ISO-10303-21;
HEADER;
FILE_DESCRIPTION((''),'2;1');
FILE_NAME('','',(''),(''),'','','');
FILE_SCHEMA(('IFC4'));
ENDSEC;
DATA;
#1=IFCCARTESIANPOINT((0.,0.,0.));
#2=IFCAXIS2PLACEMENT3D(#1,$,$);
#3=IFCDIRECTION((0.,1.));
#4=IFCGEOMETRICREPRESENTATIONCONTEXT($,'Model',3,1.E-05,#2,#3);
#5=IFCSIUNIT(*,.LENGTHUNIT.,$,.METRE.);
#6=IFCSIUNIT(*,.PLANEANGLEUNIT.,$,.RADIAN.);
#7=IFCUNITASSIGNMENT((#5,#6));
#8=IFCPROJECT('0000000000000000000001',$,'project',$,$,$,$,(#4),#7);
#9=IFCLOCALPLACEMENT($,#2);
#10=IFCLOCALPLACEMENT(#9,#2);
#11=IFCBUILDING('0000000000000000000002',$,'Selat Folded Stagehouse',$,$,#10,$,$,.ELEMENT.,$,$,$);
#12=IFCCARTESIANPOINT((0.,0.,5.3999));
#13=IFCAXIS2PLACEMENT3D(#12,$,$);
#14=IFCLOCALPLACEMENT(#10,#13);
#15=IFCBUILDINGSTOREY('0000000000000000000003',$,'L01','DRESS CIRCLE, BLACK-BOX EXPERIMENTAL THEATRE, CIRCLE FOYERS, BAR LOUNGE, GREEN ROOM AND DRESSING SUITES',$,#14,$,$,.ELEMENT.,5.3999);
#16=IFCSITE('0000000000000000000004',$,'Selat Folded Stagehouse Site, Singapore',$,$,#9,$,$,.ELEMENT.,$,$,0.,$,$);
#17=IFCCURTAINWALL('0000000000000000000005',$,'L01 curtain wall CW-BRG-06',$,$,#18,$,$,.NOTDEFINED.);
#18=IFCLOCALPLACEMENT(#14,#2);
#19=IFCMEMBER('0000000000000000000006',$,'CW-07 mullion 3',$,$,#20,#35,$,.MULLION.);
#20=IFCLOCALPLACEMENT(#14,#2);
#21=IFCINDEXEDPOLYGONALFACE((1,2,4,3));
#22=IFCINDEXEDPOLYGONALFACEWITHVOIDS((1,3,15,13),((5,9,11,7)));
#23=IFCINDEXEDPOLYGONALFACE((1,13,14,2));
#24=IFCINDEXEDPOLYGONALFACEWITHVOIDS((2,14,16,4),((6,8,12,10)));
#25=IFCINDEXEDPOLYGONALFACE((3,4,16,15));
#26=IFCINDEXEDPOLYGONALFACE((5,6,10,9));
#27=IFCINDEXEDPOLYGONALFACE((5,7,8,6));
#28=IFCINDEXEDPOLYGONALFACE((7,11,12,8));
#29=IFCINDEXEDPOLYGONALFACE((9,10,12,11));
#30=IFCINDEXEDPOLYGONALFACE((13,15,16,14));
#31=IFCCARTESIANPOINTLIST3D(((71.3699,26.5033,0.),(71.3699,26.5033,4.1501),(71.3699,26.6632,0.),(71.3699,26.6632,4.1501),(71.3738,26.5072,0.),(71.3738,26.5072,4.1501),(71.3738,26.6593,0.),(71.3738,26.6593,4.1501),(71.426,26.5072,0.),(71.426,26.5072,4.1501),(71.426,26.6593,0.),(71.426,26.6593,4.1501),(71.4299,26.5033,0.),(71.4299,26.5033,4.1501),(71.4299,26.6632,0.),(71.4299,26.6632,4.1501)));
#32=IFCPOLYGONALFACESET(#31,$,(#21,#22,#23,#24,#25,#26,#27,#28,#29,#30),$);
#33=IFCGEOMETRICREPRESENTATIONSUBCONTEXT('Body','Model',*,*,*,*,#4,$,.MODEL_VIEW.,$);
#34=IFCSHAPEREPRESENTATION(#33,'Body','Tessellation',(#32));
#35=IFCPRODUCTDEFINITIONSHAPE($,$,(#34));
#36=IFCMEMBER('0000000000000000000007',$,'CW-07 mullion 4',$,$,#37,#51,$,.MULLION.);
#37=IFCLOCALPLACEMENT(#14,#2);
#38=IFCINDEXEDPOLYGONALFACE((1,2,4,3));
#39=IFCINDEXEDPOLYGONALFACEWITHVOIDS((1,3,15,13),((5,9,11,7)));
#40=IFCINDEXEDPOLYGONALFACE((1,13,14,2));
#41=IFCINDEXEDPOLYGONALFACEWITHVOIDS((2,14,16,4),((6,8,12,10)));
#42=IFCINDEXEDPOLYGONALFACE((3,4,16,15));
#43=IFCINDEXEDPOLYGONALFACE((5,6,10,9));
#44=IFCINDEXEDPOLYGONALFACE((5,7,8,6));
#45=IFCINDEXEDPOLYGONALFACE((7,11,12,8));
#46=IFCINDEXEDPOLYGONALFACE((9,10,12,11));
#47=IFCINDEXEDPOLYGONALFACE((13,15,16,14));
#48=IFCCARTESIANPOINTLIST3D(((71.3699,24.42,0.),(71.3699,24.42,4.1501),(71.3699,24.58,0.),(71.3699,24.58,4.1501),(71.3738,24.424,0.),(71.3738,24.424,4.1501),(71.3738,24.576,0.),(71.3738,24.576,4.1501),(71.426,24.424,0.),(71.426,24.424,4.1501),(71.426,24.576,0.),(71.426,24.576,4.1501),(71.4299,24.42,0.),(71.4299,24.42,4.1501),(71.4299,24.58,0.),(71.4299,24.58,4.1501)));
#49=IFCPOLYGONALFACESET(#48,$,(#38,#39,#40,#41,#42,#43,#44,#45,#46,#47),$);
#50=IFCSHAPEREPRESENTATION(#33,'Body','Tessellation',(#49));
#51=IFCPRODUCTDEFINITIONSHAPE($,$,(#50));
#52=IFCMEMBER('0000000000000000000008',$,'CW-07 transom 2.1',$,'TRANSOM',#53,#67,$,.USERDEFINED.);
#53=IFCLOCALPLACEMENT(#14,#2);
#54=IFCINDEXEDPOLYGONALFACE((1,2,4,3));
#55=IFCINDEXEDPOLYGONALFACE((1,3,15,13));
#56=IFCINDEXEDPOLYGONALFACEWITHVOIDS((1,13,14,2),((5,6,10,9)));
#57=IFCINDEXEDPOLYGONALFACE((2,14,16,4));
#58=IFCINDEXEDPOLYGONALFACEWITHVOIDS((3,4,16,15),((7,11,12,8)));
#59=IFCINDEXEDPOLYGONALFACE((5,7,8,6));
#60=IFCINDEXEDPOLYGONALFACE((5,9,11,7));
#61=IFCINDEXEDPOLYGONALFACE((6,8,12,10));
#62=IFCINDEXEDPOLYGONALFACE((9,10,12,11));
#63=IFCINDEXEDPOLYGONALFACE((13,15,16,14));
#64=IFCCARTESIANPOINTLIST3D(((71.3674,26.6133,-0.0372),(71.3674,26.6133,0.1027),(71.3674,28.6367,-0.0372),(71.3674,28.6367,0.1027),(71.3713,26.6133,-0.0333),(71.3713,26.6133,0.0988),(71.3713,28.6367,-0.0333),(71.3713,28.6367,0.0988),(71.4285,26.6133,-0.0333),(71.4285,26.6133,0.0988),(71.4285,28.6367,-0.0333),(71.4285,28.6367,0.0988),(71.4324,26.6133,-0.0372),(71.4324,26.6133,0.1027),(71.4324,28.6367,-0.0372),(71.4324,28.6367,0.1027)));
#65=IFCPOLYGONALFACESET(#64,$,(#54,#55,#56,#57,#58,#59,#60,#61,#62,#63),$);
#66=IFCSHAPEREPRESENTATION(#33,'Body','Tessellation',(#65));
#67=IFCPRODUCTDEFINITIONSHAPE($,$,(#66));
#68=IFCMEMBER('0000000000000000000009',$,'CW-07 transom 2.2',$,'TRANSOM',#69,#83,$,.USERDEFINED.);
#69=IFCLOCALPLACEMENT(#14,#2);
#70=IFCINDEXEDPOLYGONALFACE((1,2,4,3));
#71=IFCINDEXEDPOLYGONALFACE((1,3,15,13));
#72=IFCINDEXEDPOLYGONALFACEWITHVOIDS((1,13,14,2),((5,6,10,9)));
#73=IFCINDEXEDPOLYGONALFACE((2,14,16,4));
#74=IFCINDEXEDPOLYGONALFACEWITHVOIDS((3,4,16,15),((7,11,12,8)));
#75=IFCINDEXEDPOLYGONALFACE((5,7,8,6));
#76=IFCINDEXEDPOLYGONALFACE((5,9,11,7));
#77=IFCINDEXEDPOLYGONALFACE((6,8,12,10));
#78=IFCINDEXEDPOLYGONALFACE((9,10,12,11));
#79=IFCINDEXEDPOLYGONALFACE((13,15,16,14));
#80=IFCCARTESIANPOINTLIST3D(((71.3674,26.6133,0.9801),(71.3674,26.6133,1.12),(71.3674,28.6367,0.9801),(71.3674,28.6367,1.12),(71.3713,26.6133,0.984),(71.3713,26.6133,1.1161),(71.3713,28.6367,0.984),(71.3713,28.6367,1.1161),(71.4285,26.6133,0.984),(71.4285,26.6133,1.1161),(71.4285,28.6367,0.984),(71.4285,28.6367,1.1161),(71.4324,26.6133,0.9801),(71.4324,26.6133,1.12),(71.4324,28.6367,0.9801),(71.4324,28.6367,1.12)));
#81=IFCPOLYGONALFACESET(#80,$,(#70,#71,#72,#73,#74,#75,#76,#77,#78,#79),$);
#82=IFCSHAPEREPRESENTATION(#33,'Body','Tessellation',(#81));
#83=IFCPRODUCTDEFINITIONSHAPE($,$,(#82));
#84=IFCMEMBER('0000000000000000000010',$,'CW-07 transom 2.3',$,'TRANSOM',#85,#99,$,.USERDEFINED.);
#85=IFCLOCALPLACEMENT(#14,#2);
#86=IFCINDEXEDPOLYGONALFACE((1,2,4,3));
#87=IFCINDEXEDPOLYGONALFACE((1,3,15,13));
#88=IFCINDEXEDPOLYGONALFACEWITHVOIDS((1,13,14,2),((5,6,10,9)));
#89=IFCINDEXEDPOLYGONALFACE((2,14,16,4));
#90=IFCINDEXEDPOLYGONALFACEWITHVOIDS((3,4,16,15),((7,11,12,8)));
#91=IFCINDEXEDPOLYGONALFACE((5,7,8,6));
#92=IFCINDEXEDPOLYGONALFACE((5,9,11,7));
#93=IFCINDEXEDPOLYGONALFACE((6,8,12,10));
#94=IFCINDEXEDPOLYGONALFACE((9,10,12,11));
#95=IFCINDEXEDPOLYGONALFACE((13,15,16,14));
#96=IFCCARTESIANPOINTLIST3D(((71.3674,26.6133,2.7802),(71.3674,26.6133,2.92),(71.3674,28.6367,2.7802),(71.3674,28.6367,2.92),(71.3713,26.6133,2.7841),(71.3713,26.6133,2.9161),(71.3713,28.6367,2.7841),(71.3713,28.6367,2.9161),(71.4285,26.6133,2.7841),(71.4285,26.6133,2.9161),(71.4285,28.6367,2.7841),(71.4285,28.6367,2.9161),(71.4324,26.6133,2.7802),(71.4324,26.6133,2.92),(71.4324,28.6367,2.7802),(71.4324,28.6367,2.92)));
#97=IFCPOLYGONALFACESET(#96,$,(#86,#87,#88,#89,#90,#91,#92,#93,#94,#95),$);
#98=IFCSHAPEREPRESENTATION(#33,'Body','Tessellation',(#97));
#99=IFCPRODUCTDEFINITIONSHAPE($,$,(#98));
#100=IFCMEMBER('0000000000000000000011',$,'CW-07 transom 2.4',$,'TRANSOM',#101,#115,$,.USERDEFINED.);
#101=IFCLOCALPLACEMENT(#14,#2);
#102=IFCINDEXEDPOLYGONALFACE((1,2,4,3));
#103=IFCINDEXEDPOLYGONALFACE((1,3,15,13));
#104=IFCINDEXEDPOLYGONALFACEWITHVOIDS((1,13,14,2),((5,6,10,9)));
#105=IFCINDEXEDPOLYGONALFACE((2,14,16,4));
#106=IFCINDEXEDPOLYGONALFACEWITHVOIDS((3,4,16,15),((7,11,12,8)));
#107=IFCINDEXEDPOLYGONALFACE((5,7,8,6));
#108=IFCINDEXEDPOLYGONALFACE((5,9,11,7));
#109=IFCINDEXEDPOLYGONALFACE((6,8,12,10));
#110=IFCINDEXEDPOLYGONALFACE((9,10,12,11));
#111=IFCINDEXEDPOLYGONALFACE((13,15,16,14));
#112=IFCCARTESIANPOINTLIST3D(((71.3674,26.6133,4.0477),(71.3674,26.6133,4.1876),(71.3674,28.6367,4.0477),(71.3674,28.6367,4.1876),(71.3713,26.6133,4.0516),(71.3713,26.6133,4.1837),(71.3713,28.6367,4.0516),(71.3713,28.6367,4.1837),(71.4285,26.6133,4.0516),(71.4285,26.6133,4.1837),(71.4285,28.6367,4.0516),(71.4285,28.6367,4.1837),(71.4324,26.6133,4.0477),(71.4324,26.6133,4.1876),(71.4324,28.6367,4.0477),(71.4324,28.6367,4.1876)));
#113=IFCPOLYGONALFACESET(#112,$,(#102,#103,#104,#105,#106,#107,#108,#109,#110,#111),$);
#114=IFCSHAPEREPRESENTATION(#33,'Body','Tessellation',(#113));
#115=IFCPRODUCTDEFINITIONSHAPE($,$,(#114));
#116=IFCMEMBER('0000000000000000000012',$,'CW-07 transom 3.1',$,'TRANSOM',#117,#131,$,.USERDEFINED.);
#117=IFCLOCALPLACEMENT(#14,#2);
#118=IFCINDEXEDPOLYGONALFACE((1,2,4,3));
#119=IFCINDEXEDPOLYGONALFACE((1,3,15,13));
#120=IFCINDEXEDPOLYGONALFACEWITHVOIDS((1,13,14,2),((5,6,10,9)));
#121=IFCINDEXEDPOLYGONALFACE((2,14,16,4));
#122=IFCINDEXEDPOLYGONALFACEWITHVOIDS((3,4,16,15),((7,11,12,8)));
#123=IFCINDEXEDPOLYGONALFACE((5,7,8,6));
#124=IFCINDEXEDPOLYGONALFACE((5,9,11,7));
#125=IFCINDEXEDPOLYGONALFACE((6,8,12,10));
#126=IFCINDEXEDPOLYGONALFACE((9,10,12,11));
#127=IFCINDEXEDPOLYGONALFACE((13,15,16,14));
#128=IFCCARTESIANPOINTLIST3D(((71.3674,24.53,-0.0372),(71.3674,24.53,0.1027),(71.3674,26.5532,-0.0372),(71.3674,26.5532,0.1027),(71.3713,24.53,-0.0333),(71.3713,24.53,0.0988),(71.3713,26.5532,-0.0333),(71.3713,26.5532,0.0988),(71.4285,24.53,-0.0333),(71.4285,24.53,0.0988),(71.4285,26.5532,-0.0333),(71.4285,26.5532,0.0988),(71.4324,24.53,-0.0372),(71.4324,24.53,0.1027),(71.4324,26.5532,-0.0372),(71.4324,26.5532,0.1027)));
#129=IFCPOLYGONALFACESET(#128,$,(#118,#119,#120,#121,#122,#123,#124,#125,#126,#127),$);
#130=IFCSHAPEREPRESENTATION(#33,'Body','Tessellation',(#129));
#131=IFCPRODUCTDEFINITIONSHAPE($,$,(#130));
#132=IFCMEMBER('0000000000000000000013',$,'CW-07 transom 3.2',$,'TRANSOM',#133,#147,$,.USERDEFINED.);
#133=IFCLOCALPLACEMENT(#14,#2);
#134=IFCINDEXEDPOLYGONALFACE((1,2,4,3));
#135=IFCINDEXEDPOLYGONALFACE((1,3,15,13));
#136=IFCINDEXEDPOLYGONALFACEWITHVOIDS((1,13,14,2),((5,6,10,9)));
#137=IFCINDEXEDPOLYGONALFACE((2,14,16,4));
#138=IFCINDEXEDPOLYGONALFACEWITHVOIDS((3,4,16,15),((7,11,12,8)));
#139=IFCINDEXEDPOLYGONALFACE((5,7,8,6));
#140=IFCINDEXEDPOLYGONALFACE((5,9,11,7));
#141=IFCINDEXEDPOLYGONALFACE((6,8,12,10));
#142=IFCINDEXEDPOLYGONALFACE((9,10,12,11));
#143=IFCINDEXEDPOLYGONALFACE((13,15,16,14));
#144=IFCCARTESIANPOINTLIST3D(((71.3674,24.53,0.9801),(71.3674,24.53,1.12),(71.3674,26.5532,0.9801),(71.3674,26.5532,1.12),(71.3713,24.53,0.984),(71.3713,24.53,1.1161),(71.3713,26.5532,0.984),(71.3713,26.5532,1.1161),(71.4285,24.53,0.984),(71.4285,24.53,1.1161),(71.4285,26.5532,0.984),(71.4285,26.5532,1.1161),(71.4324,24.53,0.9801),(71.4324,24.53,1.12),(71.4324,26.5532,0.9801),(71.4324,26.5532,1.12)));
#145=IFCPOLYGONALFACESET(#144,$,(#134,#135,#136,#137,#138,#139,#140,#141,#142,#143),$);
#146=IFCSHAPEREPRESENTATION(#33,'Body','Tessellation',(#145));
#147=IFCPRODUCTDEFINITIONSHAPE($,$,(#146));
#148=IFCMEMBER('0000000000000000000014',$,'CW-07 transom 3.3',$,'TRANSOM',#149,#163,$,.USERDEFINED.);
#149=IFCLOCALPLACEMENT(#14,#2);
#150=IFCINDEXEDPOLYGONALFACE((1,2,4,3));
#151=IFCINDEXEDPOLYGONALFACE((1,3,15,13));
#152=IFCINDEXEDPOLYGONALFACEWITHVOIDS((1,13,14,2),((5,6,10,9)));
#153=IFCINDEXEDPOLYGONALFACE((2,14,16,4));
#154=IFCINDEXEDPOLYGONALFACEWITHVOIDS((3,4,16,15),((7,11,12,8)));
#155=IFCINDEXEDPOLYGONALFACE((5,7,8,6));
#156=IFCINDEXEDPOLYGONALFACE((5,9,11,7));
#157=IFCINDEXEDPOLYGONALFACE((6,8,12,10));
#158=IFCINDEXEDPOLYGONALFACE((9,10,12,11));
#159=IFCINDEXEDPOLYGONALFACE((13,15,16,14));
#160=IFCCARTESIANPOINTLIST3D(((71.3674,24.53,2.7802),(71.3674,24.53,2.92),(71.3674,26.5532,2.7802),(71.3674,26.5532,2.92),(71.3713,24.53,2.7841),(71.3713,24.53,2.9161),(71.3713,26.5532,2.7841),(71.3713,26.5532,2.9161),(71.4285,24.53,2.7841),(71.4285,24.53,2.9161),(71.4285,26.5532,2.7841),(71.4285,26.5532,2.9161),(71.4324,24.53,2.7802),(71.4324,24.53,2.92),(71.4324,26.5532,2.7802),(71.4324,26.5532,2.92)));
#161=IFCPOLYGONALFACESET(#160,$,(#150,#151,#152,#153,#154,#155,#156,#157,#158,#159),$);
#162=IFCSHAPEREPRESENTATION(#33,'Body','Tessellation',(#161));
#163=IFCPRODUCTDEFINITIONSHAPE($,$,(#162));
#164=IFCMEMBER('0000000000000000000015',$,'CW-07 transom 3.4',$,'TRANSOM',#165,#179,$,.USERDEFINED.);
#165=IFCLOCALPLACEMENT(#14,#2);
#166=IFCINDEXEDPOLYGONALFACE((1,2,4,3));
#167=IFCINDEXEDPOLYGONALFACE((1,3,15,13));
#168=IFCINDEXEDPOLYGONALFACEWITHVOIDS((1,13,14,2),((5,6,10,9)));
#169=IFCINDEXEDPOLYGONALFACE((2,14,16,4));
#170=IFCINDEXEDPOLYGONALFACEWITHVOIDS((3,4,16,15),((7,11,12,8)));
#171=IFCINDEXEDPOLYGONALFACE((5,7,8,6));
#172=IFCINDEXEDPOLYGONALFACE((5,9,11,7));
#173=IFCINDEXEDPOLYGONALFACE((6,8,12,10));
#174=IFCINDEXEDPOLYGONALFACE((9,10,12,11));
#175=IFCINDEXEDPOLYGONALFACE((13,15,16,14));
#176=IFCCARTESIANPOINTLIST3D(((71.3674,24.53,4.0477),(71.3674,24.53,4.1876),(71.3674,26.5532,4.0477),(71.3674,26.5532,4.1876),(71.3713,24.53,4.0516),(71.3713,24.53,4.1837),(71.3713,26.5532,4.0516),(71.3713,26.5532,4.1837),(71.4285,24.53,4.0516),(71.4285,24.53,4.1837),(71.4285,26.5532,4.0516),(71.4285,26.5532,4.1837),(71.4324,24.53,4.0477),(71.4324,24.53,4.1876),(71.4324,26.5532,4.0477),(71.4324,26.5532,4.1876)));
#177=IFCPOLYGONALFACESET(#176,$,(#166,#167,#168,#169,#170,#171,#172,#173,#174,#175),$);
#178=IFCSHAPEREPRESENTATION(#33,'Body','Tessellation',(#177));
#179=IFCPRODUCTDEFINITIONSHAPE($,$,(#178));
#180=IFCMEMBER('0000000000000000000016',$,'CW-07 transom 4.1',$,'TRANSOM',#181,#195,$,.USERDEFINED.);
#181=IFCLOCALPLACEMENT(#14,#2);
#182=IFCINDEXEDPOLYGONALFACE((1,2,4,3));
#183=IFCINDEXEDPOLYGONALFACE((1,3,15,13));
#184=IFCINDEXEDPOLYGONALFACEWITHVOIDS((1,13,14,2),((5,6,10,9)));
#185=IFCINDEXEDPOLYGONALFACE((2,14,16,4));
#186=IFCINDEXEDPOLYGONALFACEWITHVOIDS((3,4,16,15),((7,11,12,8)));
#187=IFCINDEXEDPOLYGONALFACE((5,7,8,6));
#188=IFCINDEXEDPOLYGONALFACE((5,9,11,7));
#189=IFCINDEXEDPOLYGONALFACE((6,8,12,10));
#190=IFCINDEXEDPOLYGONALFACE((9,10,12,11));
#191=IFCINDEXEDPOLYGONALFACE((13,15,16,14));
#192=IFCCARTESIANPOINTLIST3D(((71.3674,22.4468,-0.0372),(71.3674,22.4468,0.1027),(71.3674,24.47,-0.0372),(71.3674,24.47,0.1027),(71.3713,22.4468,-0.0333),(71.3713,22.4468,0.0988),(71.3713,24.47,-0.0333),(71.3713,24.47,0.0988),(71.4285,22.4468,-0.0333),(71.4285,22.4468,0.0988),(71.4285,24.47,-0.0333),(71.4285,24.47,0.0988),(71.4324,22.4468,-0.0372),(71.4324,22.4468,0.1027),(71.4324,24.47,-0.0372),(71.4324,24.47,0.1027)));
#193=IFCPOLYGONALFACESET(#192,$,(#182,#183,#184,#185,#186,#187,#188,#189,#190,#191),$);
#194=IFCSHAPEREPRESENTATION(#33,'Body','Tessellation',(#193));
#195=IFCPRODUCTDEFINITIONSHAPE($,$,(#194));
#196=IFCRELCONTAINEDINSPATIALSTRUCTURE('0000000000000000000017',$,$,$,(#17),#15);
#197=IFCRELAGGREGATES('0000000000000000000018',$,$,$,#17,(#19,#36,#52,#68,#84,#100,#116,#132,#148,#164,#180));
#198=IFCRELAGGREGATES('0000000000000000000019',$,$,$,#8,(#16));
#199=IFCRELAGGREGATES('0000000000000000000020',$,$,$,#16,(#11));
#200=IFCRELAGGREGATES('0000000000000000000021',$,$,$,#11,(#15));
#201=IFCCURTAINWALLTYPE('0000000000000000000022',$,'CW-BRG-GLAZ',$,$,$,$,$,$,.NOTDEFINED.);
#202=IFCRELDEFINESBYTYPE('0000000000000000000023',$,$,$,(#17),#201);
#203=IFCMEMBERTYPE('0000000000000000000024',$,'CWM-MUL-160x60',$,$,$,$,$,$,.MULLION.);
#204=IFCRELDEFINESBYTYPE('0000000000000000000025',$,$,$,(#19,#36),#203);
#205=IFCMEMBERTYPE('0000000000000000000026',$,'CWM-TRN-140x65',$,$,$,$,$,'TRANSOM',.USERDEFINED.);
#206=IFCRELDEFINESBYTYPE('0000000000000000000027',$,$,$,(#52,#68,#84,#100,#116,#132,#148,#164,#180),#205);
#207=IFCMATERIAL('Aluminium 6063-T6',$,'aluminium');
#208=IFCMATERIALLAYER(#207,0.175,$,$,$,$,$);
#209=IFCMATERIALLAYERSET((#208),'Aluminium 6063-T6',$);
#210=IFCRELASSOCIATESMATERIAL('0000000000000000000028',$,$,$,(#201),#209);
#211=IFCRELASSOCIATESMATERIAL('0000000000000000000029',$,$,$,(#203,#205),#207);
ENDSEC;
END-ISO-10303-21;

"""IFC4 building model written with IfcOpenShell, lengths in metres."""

from ifc_helpers import new_model, si_unit, direction, frame, origin, origin_2d, place, context, subcontext, project, spatial, hollow_rectangle, extrude, material, layer, layer_set, material_profile, profile_set, type_object, element, aggregate, save


model = new_model("IFC4")

# Units and contexts
model_context = context("Model", 3, precision=1e-05, world=origin(), true_north=direction((0.0, 1.0)))
body_context = subcontext(model_context, "Body", "Model", "MODEL_VIEW")
ifc_project = project(units=[si_unit("LENGTHUNIT", "METRE"), si_unit("PLANEANGLEUNIT", "RADIAN")], contexts=[model_context])

# Site, building, storey
site_placement = place(None, origin())
site = spatial("IfcSite", under=ifc_project, at=site_placement, Name="Selat Folded Stagehouse Site, Singapore", CompositionType="ELEMENT", RefElevation=0.0)
building_placement = place(site_placement, origin())
building = spatial("IfcBuilding", under=site, at=building_placement, Name="Selat Folded Stagehouse", CompositionType="ELEMENT")
storey_placement = place(building_placement, frame((0.0, 0.0, 5.3999)))
storey = spatial("IfcBuildingStorey", under=building, at=storey_placement, Name="L01", Description="DRESS CIRCLE, BLACK-BOX EXPERIMENTAL THEATRE, CIRCLE FOYERS, BAR LOUNGE, GREEN ROOM AND DRESSING SUITES", CompositionType="ELEMENT", Elevation=5.3999)

# Curtain wall, members
ifc_material_1 = material(Name="Aluminium 6063-T6", Category="aluminium")
ifc_layer_1 = layer(ifc_material_1, 0.175)
ifc_layer_set_1 = layer_set([ifc_layer_1], Name="Aluminium 6063-T6")
curtain_wall_type = type_object("IfcCurtainWallType", Name="CW-BRG-GLAZ", PredefinedType="NOTDEFINED", material=ifc_layer_set_1)
curtain_wall_placement = place(storey_placement, origin())
curtain_wall = element("IfcCurtainWall", 1, at=curtain_wall_placement, inside=storey, type_object=curtain_wall_type, Name="L01 curtain wall CW-BRG-06", PredefinedType="NOTDEFINED")
ifc_material_profile_1 = material_profile(ifc_material_1, hollow_rectangle(XDim=0.0601, YDim=0.1599, WallThickness=0.0039, at=origin_2d()), Name="ALU 160x60x4.0")
ifc_profile_set_1 = profile_set([ifc_material_profile_1], Name="Aluminium 6063-T6")
member_type_1 = type_object("IfcMemberType", Name="CWM-MUL-160x60", PredefinedType="MULLION", material=ifc_profile_set_1)
member_1_placement = place(storey_placement, frame((71.3999, 26.5833, 0.0), z_axis=(0.0, 0.0, 1.0), x_axis=(1.0, 0.0, 0.0)))
member_1 = element("IfcMember", 2, at=member_1_placement, type_object=member_type_1, Name="CW-07 mullion 3", PredefinedType="MULLION", context=body_context, shape_type="SweptSolid", body=[
    extrude(hollow_rectangle(XDim=0.0601, YDim=0.1599, WallThickness=0.0039, at=origin_2d()), origin(), (0.0, 0.0, 1.0), 4.1501),
])
member_2_placement = place(storey_placement, frame((71.3999, 24.5, 0.0), z_axis=(0.0, 0.0, 1.0), x_axis=(1.0, 0.0, 0.0)))
member_2 = element("IfcMember", 3, at=member_2_placement, type_object=member_type_1, Name="CW-07 mullion 4", PredefinedType="MULLION", context=body_context, shape_type="SweptSolid", body=[
    extrude(hollow_rectangle(XDim=0.0601, YDim=0.1599, WallThickness=0.0039, at=origin_2d()), origin(), (0.0, 0.0, 1.0), 4.1501),
])
ifc_material_profile_2 = material_profile(ifc_material_1, hollow_rectangle(XDim=0.0649, YDim=0.1399, WallThickness=0.0039, at=origin_2d()), Name="ALU 140x65x4.0")
ifc_profile_set_2 = profile_set([ifc_material_profile_2], Name="Aluminium 6063-T6")
member_type_2 = type_object("IfcMemberType", Name="CWM-TRN-140x65", ElementType="TRANSOM", PredefinedType="USERDEFINED", material=ifc_profile_set_2)
member_3_placement = place(storey_placement, frame((71.3999, 28.6367, 0.0327), z_axis=(0.0, -1.0, 0.0), x_axis=(1.0, 0.0, 0.0)))
member_3 = element("IfcMember", 4, at=member_3_placement, type_object=member_type_2, Name="CW-07 transom 2.1", ObjectType="TRANSOM", PredefinedType="USERDEFINED", context=body_context, shape_type="SweptSolid", body=[
    extrude(hollow_rectangle(XDim=0.0649, YDim=0.1399, WallThickness=0.0039, at=origin_2d()), origin(), (0.0, 0.0, 1.0), 2.0234),
])
member_4_placement = place(storey_placement, frame((71.3999, 28.6367, 1.05), z_axis=(0.0, -1.0, 0.0), x_axis=(1.0, 0.0, 0.0)))
member_4 = element("IfcMember", 5, at=member_4_placement, type_object=member_type_2, Name="CW-07 transom 2.2", ObjectType="TRANSOM", PredefinedType="USERDEFINED", context=body_context, shape_type="SweptSolid", body=[
    extrude(hollow_rectangle(XDim=0.0649, YDim=0.1399, WallThickness=0.0039, at=origin_2d()), origin(), (0.0, 0.0, 1.0), 2.0234),
])
member_5_placement = place(storey_placement, frame((71.3999, 28.6367, 2.8501), z_axis=(0.0, -1.0, 0.0), x_axis=(1.0, 0.0, 0.0)))
member_5 = element("IfcMember", 6, at=member_5_placement, type_object=member_type_2, Name="CW-07 transom 2.3", ObjectType="TRANSOM", PredefinedType="USERDEFINED", context=body_context, shape_type="SweptSolid", body=[
    extrude(hollow_rectangle(XDim=0.0649, YDim=0.1399, WallThickness=0.0039, at=origin_2d()), origin(), (0.0, 0.0, 1.0), 2.0234),
])
member_6_placement = place(storey_placement, frame((71.3999, 28.6367, 4.1177), z_axis=(0.0, -1.0, 0.0), x_axis=(1.0, 0.0, 0.0)))
member_6 = element("IfcMember", 7, at=member_6_placement, type_object=member_type_2, Name="CW-07 transom 2.4", ObjectType="TRANSOM", PredefinedType="USERDEFINED", context=body_context, shape_type="SweptSolid", body=[
    extrude(hollow_rectangle(XDim=0.0649, YDim=0.1399, WallThickness=0.0039, at=origin_2d()), origin(), (0.0, 0.0, 1.0), 2.0234),
])
member_7_placement = place(storey_placement, frame((71.3999, 26.5532, 0.0327), z_axis=(0.0, -1.0, 0.0), x_axis=(1.0, 0.0, 0.0)))
member_7 = element("IfcMember", 8, at=member_7_placement, type_object=member_type_2, Name="CW-07 transom 3.1", ObjectType="TRANSOM", PredefinedType="USERDEFINED", context=body_context, shape_type="SweptSolid", body=[
    extrude(hollow_rectangle(XDim=0.0649, YDim=0.1399, WallThickness=0.0039, at=origin_2d()), origin(), (0.0, 0.0, 1.0), 2.0232),
])
member_8_placement = place(storey_placement, frame((71.3999, 26.5532, 1.05), z_axis=(0.0, -1.0, 0.0), x_axis=(1.0, 0.0, 0.0)))
member_8 = element("IfcMember", 9, at=member_8_placement, type_object=member_type_2, Name="CW-07 transom 3.2", ObjectType="TRANSOM", PredefinedType="USERDEFINED", context=body_context, shape_type="SweptSolid", body=[
    extrude(hollow_rectangle(XDim=0.0649, YDim=0.1399, WallThickness=0.0039, at=origin_2d()), origin(), (0.0, 0.0, 1.0), 2.0232),
])
member_9_placement = place(storey_placement, frame((71.3999, 26.5532, 2.8501), z_axis=(0.0, -1.0, 0.0), x_axis=(1.0, 0.0, 0.0)))
member_9 = element("IfcMember", 10, at=member_9_placement, type_object=member_type_2, Name="CW-07 transom 3.3", ObjectType="TRANSOM", PredefinedType="USERDEFINED", context=body_context, shape_type="SweptSolid", body=[
    extrude(hollow_rectangle(XDim=0.0649, YDim=0.1399, WallThickness=0.0039, at=origin_2d()), origin(), (0.0, 0.0, 1.0), 2.0232),
])
member_10_placement = place(storey_placement, frame((71.3999, 26.5532, 4.1177), z_axis=(0.0, -1.0, 0.0), x_axis=(1.0, 0.0, 0.0)))
member_10 = element("IfcMember", 11, at=member_10_placement, type_object=member_type_2, Name="CW-07 transom 3.4", ObjectType="TRANSOM", PredefinedType="USERDEFINED", context=body_context, shape_type="SweptSolid", body=[
    extrude(hollow_rectangle(XDim=0.0649, YDim=0.1399, WallThickness=0.0039, at=origin_2d()), origin(), (0.0, 0.0, 1.0), 2.0232),
])
member_11_placement = place(storey_placement, frame((71.3999, 24.47, 0.0327), z_axis=(0.0, -1.0, 0.0), x_axis=(1.0, 0.0, 0.0)))
member_11 = element("IfcMember", 12, at=member_11_placement, type_object=member_type_2, Name="CW-07 transom 4.1", ObjectType="TRANSOM", PredefinedType="USERDEFINED", context=body_context, shape_type="SweptSolid", body=[
    extrude(hollow_rectangle(XDim=0.0649, YDim=0.1399, WallThickness=0.0039, at=origin_2d()), origin(), (0.0, 0.0, 1.0), 2.0232),
])
aggregate(curtain_wall, [member_1, member_2, member_3, member_4, member_5, member_6, member_7, member_8, member_9, member_10, member_11])

save(model, "model.ifc")
